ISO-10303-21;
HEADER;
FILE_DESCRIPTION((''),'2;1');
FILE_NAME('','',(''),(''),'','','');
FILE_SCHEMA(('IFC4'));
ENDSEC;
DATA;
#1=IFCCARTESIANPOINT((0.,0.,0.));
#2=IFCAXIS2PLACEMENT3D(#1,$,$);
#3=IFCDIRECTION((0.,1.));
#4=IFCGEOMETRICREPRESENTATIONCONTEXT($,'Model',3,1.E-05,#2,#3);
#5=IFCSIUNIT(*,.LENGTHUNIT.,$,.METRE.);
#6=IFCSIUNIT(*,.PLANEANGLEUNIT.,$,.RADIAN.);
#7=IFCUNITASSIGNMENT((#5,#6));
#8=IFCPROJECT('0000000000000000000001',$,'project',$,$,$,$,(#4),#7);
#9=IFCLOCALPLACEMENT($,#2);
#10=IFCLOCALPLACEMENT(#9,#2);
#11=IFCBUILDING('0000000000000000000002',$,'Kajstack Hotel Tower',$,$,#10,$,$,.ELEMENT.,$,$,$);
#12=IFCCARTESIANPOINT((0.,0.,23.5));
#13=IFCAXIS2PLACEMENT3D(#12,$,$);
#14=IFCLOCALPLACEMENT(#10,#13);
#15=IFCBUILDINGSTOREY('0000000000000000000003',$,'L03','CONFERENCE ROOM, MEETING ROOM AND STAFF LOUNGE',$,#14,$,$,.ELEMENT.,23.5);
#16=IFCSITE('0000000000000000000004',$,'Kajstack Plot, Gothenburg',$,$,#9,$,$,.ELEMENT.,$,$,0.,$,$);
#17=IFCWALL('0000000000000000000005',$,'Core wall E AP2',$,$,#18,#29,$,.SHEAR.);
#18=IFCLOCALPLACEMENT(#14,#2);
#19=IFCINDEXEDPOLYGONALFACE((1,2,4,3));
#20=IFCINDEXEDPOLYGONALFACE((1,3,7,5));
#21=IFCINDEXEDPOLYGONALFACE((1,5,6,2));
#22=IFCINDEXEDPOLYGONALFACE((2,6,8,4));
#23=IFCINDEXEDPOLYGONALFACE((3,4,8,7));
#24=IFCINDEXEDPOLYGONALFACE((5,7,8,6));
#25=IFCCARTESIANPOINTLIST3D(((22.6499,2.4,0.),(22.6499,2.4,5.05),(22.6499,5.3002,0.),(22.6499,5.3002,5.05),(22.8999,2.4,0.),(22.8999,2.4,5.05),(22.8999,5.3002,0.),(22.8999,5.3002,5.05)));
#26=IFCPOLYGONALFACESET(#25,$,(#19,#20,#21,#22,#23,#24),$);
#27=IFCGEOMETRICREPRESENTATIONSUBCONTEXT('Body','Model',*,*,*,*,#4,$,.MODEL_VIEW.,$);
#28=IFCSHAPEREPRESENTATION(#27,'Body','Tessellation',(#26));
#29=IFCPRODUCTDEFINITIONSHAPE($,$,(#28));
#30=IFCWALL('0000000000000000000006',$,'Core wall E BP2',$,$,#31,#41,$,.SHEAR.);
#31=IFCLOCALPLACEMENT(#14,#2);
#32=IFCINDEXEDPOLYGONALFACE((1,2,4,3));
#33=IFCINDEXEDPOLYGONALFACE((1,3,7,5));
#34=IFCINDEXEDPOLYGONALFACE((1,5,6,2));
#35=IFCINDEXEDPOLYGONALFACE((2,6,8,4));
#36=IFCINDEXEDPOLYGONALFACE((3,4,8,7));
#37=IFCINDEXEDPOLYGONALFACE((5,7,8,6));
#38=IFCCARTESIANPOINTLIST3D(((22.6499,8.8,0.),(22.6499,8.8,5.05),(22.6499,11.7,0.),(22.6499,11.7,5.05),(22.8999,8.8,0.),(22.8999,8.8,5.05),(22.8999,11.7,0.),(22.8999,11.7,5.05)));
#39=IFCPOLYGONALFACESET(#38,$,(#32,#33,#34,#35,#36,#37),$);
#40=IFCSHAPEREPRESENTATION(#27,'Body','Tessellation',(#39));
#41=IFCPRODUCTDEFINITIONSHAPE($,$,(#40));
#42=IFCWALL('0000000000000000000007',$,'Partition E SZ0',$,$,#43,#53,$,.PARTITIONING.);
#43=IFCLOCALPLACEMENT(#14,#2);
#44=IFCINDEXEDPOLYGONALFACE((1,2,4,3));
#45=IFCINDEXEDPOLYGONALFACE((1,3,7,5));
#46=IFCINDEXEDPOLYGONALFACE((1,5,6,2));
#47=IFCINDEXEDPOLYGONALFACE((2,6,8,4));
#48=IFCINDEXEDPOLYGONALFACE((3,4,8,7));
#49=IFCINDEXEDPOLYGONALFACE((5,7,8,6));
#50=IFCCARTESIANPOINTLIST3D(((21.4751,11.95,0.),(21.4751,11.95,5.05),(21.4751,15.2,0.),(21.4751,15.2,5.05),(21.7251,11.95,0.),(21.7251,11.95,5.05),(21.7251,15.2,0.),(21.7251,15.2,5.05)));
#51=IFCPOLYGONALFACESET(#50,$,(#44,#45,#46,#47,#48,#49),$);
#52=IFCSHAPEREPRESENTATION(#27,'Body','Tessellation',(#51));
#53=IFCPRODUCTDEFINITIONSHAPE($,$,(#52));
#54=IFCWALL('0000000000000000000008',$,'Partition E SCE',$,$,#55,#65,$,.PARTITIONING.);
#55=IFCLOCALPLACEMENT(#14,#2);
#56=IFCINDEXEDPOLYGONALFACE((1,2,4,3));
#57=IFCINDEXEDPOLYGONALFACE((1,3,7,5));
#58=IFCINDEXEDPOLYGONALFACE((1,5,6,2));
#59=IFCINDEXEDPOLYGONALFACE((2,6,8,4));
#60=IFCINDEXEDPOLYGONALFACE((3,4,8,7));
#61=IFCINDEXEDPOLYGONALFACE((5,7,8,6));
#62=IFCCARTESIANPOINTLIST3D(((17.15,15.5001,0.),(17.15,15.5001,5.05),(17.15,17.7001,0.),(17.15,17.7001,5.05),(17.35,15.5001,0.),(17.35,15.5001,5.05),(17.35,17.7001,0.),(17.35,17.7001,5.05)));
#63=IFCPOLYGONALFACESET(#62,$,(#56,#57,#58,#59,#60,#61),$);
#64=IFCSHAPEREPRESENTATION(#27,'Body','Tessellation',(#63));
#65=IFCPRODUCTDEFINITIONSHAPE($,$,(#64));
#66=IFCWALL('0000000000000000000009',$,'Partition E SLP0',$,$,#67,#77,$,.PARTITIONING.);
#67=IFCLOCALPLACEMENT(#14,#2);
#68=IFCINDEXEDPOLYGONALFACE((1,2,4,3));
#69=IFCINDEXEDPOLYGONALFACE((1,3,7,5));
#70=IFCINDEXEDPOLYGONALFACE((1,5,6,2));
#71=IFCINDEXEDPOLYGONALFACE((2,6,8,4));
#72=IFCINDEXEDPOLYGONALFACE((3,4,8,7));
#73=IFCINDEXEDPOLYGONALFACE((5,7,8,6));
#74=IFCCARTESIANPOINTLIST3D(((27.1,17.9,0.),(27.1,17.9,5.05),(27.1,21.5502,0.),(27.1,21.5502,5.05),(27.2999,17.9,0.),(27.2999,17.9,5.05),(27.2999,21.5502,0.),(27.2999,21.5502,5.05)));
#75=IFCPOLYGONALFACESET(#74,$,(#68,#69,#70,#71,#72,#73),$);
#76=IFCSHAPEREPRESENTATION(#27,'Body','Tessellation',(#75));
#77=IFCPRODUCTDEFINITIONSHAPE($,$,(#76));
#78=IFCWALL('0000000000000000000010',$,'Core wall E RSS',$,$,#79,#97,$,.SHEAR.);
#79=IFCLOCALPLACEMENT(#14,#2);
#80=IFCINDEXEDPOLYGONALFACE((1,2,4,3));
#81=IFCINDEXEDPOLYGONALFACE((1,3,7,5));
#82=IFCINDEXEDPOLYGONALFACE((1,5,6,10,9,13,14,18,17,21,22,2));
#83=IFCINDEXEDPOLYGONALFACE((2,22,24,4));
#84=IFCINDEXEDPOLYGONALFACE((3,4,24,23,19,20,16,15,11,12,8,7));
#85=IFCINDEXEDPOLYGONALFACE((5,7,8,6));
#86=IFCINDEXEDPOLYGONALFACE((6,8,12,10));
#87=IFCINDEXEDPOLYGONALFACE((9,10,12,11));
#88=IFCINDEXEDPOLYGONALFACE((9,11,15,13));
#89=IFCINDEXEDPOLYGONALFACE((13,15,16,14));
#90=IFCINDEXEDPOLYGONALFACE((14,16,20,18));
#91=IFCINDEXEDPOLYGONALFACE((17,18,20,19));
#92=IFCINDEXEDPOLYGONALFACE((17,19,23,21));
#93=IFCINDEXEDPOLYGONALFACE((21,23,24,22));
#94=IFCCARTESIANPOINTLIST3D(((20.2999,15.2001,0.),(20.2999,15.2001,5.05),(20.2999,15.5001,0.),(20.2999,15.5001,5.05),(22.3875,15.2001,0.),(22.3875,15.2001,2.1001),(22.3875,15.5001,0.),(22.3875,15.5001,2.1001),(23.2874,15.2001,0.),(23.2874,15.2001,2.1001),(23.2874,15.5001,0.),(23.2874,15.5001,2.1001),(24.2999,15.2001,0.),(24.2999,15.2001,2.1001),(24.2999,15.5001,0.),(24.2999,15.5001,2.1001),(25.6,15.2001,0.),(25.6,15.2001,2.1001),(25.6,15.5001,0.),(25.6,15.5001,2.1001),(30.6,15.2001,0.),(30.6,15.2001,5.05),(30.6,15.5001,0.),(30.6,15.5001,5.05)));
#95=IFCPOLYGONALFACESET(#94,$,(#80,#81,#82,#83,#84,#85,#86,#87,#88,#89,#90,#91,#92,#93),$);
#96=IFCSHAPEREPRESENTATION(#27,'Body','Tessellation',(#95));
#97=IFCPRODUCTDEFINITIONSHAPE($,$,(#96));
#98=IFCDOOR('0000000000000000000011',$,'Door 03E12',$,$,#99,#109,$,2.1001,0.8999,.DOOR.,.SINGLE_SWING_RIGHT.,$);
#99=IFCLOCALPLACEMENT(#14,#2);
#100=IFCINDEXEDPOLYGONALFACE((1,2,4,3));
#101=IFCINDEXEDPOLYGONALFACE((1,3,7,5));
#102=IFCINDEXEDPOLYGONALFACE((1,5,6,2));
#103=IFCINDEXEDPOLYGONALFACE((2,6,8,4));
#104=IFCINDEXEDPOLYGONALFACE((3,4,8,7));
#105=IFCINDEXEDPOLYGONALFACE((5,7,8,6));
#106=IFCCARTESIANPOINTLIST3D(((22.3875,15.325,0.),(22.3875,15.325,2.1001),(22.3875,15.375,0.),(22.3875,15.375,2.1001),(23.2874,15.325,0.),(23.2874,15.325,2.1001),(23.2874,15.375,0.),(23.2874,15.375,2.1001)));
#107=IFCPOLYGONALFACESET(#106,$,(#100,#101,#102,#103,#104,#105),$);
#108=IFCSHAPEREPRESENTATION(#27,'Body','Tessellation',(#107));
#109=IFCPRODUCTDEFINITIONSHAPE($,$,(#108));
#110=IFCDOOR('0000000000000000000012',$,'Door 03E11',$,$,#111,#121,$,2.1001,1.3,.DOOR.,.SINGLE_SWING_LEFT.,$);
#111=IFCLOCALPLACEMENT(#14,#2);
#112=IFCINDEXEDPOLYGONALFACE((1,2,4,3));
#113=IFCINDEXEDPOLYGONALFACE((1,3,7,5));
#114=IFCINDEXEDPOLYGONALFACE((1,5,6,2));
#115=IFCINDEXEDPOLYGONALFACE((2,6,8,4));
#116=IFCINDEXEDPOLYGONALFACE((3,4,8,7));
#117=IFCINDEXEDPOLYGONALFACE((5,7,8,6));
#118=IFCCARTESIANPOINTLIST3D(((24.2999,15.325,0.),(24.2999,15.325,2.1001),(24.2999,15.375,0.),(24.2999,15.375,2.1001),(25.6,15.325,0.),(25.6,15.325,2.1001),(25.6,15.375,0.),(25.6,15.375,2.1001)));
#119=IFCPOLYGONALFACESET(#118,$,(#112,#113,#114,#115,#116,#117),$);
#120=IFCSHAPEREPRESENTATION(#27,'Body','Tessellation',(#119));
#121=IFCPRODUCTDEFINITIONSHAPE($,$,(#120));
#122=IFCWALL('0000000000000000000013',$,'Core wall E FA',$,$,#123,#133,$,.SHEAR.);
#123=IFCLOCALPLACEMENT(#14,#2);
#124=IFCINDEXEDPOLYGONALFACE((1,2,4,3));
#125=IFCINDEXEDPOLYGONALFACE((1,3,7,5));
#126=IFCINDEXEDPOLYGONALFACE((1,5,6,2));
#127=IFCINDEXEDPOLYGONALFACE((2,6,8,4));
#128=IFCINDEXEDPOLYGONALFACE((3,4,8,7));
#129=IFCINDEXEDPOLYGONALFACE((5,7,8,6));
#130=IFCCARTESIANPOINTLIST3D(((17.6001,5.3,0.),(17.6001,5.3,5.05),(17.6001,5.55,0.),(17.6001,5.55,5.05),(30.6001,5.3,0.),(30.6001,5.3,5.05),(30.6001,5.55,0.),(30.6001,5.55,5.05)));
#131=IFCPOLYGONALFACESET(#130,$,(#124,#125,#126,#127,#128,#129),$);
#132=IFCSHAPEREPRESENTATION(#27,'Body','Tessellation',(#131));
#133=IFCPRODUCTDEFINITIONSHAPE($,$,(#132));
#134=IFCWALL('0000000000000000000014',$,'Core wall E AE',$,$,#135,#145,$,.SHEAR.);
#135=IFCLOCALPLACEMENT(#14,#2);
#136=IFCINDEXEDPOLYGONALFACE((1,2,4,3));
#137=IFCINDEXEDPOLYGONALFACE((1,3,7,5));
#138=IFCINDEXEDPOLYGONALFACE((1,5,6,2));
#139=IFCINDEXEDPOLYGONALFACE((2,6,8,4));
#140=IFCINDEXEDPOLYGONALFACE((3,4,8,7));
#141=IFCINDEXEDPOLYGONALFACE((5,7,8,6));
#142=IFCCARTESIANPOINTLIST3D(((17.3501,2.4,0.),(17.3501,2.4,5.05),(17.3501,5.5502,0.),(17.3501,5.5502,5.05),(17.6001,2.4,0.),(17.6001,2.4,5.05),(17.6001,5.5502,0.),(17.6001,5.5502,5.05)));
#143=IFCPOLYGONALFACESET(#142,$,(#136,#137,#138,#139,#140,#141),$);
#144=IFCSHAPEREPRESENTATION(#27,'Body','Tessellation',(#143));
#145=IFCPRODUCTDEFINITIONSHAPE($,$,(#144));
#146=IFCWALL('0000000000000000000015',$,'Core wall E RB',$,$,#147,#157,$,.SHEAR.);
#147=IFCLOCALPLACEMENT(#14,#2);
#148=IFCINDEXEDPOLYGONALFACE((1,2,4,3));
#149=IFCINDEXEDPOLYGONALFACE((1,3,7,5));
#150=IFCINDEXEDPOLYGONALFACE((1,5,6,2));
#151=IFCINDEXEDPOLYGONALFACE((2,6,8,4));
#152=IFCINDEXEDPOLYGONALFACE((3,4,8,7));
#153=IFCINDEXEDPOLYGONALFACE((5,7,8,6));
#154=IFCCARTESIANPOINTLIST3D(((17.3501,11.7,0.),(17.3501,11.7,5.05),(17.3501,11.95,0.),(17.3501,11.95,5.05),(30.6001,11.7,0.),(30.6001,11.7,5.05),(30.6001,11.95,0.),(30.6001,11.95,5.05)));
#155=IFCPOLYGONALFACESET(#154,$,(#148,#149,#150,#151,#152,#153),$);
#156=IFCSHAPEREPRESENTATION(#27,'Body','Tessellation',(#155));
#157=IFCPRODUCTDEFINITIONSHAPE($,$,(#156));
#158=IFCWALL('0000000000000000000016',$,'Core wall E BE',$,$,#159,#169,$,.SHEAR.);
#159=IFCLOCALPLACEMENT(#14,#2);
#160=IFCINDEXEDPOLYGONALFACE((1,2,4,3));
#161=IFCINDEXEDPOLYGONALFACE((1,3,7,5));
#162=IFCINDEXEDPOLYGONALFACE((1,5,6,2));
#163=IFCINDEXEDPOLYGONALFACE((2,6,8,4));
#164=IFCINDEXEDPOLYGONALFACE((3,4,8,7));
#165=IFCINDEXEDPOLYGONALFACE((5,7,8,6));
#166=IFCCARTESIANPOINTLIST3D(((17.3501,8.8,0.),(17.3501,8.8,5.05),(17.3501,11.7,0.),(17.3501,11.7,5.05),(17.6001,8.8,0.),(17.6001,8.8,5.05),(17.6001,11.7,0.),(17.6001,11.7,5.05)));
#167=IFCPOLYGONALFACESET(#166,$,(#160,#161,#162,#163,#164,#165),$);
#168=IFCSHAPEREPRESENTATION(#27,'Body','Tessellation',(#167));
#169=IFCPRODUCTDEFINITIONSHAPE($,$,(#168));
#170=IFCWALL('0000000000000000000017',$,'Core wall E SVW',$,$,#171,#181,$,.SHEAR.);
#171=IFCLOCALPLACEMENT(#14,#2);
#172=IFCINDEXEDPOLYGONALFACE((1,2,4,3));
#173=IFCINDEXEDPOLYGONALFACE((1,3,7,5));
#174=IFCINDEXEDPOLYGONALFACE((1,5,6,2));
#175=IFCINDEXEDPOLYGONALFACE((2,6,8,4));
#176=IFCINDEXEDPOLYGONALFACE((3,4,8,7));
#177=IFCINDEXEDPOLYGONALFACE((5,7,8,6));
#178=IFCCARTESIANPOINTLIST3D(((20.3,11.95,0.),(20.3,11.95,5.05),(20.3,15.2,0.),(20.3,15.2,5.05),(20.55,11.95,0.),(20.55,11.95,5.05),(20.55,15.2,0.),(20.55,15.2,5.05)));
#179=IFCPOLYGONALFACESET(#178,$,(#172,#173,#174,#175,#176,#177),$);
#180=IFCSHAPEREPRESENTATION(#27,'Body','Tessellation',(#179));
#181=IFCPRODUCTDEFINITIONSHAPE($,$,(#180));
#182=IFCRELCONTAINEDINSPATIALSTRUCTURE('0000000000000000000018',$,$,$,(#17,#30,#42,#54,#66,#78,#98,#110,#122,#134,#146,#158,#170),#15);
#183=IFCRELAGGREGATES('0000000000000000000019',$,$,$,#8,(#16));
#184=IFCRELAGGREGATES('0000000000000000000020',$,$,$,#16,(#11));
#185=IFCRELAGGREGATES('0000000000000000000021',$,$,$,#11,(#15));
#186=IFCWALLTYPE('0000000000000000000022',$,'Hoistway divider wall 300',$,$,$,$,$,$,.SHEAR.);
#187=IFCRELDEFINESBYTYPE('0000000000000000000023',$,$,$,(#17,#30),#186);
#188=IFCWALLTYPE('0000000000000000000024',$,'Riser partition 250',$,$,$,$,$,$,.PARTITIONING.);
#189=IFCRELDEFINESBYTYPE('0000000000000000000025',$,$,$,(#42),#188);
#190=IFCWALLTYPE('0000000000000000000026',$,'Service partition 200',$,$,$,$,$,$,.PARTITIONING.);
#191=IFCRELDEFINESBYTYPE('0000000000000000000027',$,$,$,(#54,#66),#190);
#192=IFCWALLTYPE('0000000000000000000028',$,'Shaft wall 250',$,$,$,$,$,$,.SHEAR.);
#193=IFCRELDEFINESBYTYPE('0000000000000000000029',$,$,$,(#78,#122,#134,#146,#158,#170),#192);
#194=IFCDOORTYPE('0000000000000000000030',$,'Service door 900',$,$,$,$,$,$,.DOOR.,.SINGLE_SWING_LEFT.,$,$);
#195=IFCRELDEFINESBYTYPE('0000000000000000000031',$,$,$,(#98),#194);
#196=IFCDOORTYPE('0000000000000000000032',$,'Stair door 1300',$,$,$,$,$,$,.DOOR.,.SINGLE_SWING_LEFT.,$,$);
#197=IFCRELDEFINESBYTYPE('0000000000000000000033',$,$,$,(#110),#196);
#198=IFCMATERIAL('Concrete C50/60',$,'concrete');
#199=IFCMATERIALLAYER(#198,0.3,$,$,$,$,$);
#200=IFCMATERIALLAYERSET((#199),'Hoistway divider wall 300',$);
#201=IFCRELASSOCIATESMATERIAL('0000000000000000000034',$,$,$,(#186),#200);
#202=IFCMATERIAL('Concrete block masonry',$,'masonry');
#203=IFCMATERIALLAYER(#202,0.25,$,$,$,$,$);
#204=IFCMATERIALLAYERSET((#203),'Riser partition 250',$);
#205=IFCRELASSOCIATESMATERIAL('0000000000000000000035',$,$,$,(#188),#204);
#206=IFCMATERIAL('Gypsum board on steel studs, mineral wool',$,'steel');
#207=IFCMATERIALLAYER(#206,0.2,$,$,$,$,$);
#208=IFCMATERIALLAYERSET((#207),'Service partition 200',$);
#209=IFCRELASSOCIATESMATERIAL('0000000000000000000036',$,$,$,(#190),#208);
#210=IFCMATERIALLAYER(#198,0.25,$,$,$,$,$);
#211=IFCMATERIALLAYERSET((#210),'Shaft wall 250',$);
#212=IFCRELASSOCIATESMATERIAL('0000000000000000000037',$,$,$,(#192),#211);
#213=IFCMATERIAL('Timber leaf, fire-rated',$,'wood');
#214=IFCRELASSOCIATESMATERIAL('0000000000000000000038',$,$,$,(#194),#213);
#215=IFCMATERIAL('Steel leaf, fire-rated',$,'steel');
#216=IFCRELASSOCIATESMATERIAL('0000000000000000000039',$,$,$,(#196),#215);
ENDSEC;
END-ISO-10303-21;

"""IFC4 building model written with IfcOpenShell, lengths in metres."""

from ifc_helpers import new_model, si_unit, direction, frame, frame_2d, origin, place, context, subcontext, project, spatial, rectangle, extrude, material, layer, layer_set, type_object, element, fill, save


model = new_model("IFC4")

# Units and contexts
model_context = context("Model", 3, precision=1e-05, world=origin(), true_north=direction((0.0, 1.0)))
body_context = subcontext(model_context, "Body", "Model", "MODEL_VIEW")
ifc_project = project(units=[si_unit("LENGTHUNIT", "METRE"), si_unit("PLANEANGLEUNIT", "RADIAN")], contexts=[model_context])

# Site, building, storey
site_placement = place(None, origin())
site = spatial("IfcSite", under=ifc_project, at=site_placement, Name="Kajstack Plot, Gothenburg", CompositionType="ELEMENT", RefElevation=0.0)
building_placement = place(site_placement, origin())
building = spatial("IfcBuilding", under=site, at=building_placement, Name="Kajstack Hotel Tower", CompositionType="ELEMENT")
storey_placement = place(building_placement, frame((0.0, 0.0, 23.5)))
storey = spatial("IfcBuildingStorey", under=building, at=storey_placement, Name="L03", Description="CONFERENCE ROOM, MEETING ROOM AND STAFF LOUNGE", CompositionType="ELEMENT", Elevation=23.5)

# Walls
ifc_material_1 = material(Name="Concrete C50/60", Category="concrete")
ifc_layer_1 = layer(ifc_material_1, 0.3)
ifc_layer_set_1 = layer_set([ifc_layer_1], Name="Hoistway divider wall 300")
wall_type_1 = type_object("IfcWallType", Name="Hoistway divider wall 300", PredefinedType="SHEAR", material=ifc_layer_set_1)
wall_1_placement = place(storey_placement, frame((22.7749, 2.3999, 0.0), z_axis=(0.0, 0.0, 1.0), x_axis=(0.0, 1.0, 0.0)))
element("IfcWall", 1, at=wall_1_placement, inside=storey, type_object=wall_type_1, Name="Core wall E AP2", PredefinedType="SHEAR", context=body_context, shape_type="SweptSolid", body=[
    extrude(rectangle(XDim=2.9001, YDim=0.25, at=frame_2d((1.4502, 0.0))), origin(), (0.0, 0.0, 1.0), 5.05),
])
wall_2_placement = place(storey_placement, frame((22.7749, 8.8, 0.0), z_axis=(0.0, 0.0, 1.0), x_axis=(0.0, 1.0, 0.0)))
element("IfcWall", 2, at=wall_2_placement, inside=storey, type_object=wall_type_1, Name="Core wall E BP2", PredefinedType="SHEAR", context=body_context, shape_type="SweptSolid", body=[
    extrude(rectangle(XDim=2.8999, YDim=0.25, at=frame_2d((1.45, 0.0))), origin(), (0.0, 0.0, 1.0), 5.05),
])
ifc_material_2 = material(Name="Concrete block masonry", Category="masonry")
ifc_layer_2 = layer(ifc_material_2, 0.25)
ifc_layer_set_2 = layer_set([ifc_layer_2], Name="Riser partition 250")
wall_type_2 = type_object("IfcWallType", Name="Riser partition 250", PredefinedType="PARTITIONING", material=ifc_layer_set_2)
wall_3_placement = place(storey_placement, frame((21.6001, 11.95, 0.0), z_axis=(0.0, 0.0, 1.0), x_axis=(0.0, 1.0, 0.0)))
element("IfcWall", 3, at=wall_3_placement, inside=storey, type_object=wall_type_2, Name="Partition E SZ0", PredefinedType="PARTITIONING", context=body_context, shape_type="SweptSolid", body=[
    extrude(rectangle(XDim=3.25, YDim=0.25, at=frame_2d((1.625, 0.0))), origin(), (0.0, 0.0, 1.0), 5.05),
])
ifc_material_3 = material(Name="Gypsum board on steel studs, mineral wool", Category="steel")
ifc_layer_3 = layer(ifc_material_3, 0.2)
ifc_layer_set_3 = layer_set([ifc_layer_3], Name="Service partition 200")
wall_type_3 = type_object("IfcWallType", Name="Service partition 200", PredefinedType="PARTITIONING", material=ifc_layer_set_3)
wall_4_placement = place(storey_placement, frame((17.25, 15.5, 0.0), z_axis=(0.0, 0.0, 1.0), x_axis=(0.0, 1.0, 0.0)))
element("IfcWall", 4, at=wall_4_placement, inside=storey, type_object=wall_type_3, Name="Partition E SCE", PredefinedType="PARTITIONING", context=body_context, shape_type="SweptSolid", body=[
    extrude(rectangle(XDim=2.2, YDim=0.2, at=frame_2d((1.1001, 0.0))), origin(), (0.0, 0.0, 1.0), 5.05),
])
wall_5_placement = place(storey_placement, frame((27.2, 17.8999, 0.0), z_axis=(0.0, 0.0, 1.0), x_axis=(0.0, 1.0, 0.0)))
element("IfcWall", 5, at=wall_5_placement, inside=storey, type_object=wall_type_3, Name="Partition E SLP0", PredefinedType="PARTITIONING", context=body_context, shape_type="SweptSolid", body=[
    extrude(rectangle(XDim=3.6501, YDim=0.2, at=frame_2d((1.8252, 0.0))), origin(), (0.0, 0.0, 1.0), 5.05),
])

# Wall, openings, doors
ifc_layer_4 = layer(ifc_material_1, 0.25)
ifc_layer_set_4 = layer_set([ifc_layer_4], Name="Shaft wall 250")
wall_type_4 = type_object("IfcWallType", Name="Shaft wall 250", PredefinedType="SHEAR", material=ifc_layer_set_4)
wall_6_placement = place(storey_placement, frame((20.3, 15.3501, 0.0), z_axis=(0.0, 0.0, 1.0), x_axis=(1.0, 0.0, 0.0)))
wall_6 = element("IfcWall", 6, at=wall_6_placement, inside=storey, type_object=wall_type_4, Name="Core wall E RSS", PredefinedType="SHEAR", context=body_context, shape_type="SweptSolid", body=[
    extrude(rectangle(XDim=10.3, YDim=0.3, at=frame_2d((5.1499, 0.0))), origin(), (0.0, 0.0, 1.0), 5.05),
])
opening_1_placement = place(wall_6_placement, frame((4.0, 0.0, 0.0)))
opening_1 = element("IfcOpeningElement", 7, at=opening_1_placement, cuts=wall_6, PredefinedType="OPENING", context=body_context, shape_type="SweptSolid", body=[
    extrude(rectangle(XDim=1.3, YDim=2.1001, at=frame_2d((0.6499, 1.05))), frame((0.0, 0.1599, 0.0), z_axis=(0.0, -1.0, 0.0), x_axis=(1.0, 0.0, 0.0)), (0.0, 0.0, 1.0), 0.3201),
])
opening_2_placement = place(wall_6_placement, frame((2.0874, 0.0, 0.0)))
opening_2 = element("IfcOpeningElement", 8, at=opening_2_placement, cuts=wall_6, PredefinedType="OPENING", context=body_context, shape_type="SweptSolid", body=[
    extrude(rectangle(XDim=0.8999, YDim=2.1001, at=frame_2d((0.45, 1.05))), frame((0.0, 0.1599, 0.0), z_axis=(0.0, -1.0, 0.0), x_axis=(1.0, 0.0, 0.0)), (0.0, 0.0, 1.0), 0.3201),
])
ifc_material_4 = material(Name="Timber leaf, fire-rated", Category="wood")
door_type_1 = type_object("IfcDoorType", Name="Service door 900", OperationType="SINGLE_SWING_LEFT", PredefinedType="DOOR", material=ifc_material_4)
door_1_placement = place(opening_2_placement, origin())
door_1 = element("IfcDoor", 9, at=door_1_placement, inside=storey, type_object=door_type_1, Name="Door 03E12", OperationType="SINGLE_SWING_RIGHT", OverallHeight=2.1001, OverallWidth=0.8999, PredefinedType="DOOR", context=body_context, shape_type="SweptSolid", body=[
    extrude(rectangle(XDim=0.8999, YDim=2.1001, at=frame_2d((0.45, 1.05))), frame((0.0, 0.0249, 0.0), z_axis=(0.0, -1.0, 0.0), x_axis=(1.0, 0.0, 0.0)), (0.0, 0.0, 1.0), 0.05),
])
fill(opening_2, door_1)
ifc_material_5 = material(Name="Steel leaf, fire-rated", Category="steel")
door_type_2 = type_object("IfcDoorType", Name="Stair door 1300", OperationType="SINGLE_SWING_LEFT", PredefinedType="DOOR", material=ifc_material_5)
door_2_placement = place(opening_1_placement, origin())
door_2 = element("IfcDoor", 10, at=door_2_placement, inside=storey, type_object=door_type_2, Name="Door 03E11", OperationType="SINGLE_SWING_LEFT", OverallHeight=2.1001, OverallWidth=1.3, PredefinedType="DOOR", context=body_context, shape_type="SweptSolid", body=[
    extrude(rectangle(XDim=1.3, YDim=2.1001, at=frame_2d((0.6499, 1.05))), frame((0.0, 0.0249, 0.0), z_axis=(0.0, -1.0, 0.0), x_axis=(1.0, 0.0, 0.0)), (0.0, 0.0, 1.0), 0.05),
])
fill(opening_1, door_2)

# Walls
wall_7_placement = place(storey_placement, frame((17.6001, 5.425, 0.0), z_axis=(0.0, 0.0, 1.0), x_axis=(1.0, 0.0, 0.0)))
element("IfcWall", 11, at=wall_7_placement, inside=storey, type_object=wall_type_4, Name="Core wall E FA", PredefinedType="SHEAR", context=body_context, shape_type="SweptSolid", body=[
    extrude(rectangle(XDim=13.0, YDim=0.25, at=frame_2d((6.5, 0.0))), origin(), (0.0, 0.0, 1.0), 5.05),
])
wall_8_placement = place(storey_placement, frame((17.4751, 2.3999, 0.0), z_axis=(0.0, 0.0, 1.0), x_axis=(0.0, 1.0, 0.0)))
element("IfcWall", 12, at=wall_8_placement, inside=storey, type_object=wall_type_4, Name="Core wall E AE", PredefinedType="SHEAR", context=body_context, shape_type="SweptSolid", body=[
    extrude(rectangle(XDim=3.1501, YDim=0.25, at=frame_2d((1.5752, 0.0))), origin(), (0.0, 0.0, 1.0), 5.05),
])
wall_9_placement = place(storey_placement, frame((17.3501, 11.825, 0.0), z_axis=(0.0, 0.0, 1.0), x_axis=(1.0, 0.0, 0.0)))
element("IfcWall", 13, at=wall_9_placement, inside=storey, type_object=wall_type_4, Name="Core wall E RB", PredefinedType="SHEAR", context=body_context, shape_type="SweptSolid", body=[
    extrude(rectangle(XDim=13.25, YDim=0.25, at=frame_2d((6.625, 0.0))), origin(), (0.0, 0.0, 1.0), 5.05),
])
wall_10_placement = place(storey_placement, frame((17.4751, 8.8, 0.0), z_axis=(0.0, 0.0, 1.0), x_axis=(0.0, 1.0, 0.0)))
element("IfcWall", 14, at=wall_10_placement, inside=storey, type_object=wall_type_4, Name="Core wall E BE", PredefinedType="SHEAR", context=body_context, shape_type="SweptSolid", body=[
    extrude(rectangle(XDim=2.8999, YDim=0.25, at=frame_2d((1.45, 0.0))), origin(), (0.0, 0.0, 1.0), 5.05),
])
wall_11_placement = place(storey_placement, frame((20.425, 11.95, 0.0), z_axis=(0.0, 0.0, 1.0), x_axis=(0.0, 1.0, 0.0)))
element("IfcWall", 15, at=wall_11_placement, inside=storey, type_object=wall_type_4, Name="Core wall E SVW", PredefinedType="SHEAR", context=body_context, shape_type="SweptSolid", body=[
    extrude(rectangle(XDim=3.25, YDim=0.25, at=frame_2d((1.625, 0.0))), origin(), (0.0, 0.0, 1.0), 5.05),
])

save(model, "model.ifc")
